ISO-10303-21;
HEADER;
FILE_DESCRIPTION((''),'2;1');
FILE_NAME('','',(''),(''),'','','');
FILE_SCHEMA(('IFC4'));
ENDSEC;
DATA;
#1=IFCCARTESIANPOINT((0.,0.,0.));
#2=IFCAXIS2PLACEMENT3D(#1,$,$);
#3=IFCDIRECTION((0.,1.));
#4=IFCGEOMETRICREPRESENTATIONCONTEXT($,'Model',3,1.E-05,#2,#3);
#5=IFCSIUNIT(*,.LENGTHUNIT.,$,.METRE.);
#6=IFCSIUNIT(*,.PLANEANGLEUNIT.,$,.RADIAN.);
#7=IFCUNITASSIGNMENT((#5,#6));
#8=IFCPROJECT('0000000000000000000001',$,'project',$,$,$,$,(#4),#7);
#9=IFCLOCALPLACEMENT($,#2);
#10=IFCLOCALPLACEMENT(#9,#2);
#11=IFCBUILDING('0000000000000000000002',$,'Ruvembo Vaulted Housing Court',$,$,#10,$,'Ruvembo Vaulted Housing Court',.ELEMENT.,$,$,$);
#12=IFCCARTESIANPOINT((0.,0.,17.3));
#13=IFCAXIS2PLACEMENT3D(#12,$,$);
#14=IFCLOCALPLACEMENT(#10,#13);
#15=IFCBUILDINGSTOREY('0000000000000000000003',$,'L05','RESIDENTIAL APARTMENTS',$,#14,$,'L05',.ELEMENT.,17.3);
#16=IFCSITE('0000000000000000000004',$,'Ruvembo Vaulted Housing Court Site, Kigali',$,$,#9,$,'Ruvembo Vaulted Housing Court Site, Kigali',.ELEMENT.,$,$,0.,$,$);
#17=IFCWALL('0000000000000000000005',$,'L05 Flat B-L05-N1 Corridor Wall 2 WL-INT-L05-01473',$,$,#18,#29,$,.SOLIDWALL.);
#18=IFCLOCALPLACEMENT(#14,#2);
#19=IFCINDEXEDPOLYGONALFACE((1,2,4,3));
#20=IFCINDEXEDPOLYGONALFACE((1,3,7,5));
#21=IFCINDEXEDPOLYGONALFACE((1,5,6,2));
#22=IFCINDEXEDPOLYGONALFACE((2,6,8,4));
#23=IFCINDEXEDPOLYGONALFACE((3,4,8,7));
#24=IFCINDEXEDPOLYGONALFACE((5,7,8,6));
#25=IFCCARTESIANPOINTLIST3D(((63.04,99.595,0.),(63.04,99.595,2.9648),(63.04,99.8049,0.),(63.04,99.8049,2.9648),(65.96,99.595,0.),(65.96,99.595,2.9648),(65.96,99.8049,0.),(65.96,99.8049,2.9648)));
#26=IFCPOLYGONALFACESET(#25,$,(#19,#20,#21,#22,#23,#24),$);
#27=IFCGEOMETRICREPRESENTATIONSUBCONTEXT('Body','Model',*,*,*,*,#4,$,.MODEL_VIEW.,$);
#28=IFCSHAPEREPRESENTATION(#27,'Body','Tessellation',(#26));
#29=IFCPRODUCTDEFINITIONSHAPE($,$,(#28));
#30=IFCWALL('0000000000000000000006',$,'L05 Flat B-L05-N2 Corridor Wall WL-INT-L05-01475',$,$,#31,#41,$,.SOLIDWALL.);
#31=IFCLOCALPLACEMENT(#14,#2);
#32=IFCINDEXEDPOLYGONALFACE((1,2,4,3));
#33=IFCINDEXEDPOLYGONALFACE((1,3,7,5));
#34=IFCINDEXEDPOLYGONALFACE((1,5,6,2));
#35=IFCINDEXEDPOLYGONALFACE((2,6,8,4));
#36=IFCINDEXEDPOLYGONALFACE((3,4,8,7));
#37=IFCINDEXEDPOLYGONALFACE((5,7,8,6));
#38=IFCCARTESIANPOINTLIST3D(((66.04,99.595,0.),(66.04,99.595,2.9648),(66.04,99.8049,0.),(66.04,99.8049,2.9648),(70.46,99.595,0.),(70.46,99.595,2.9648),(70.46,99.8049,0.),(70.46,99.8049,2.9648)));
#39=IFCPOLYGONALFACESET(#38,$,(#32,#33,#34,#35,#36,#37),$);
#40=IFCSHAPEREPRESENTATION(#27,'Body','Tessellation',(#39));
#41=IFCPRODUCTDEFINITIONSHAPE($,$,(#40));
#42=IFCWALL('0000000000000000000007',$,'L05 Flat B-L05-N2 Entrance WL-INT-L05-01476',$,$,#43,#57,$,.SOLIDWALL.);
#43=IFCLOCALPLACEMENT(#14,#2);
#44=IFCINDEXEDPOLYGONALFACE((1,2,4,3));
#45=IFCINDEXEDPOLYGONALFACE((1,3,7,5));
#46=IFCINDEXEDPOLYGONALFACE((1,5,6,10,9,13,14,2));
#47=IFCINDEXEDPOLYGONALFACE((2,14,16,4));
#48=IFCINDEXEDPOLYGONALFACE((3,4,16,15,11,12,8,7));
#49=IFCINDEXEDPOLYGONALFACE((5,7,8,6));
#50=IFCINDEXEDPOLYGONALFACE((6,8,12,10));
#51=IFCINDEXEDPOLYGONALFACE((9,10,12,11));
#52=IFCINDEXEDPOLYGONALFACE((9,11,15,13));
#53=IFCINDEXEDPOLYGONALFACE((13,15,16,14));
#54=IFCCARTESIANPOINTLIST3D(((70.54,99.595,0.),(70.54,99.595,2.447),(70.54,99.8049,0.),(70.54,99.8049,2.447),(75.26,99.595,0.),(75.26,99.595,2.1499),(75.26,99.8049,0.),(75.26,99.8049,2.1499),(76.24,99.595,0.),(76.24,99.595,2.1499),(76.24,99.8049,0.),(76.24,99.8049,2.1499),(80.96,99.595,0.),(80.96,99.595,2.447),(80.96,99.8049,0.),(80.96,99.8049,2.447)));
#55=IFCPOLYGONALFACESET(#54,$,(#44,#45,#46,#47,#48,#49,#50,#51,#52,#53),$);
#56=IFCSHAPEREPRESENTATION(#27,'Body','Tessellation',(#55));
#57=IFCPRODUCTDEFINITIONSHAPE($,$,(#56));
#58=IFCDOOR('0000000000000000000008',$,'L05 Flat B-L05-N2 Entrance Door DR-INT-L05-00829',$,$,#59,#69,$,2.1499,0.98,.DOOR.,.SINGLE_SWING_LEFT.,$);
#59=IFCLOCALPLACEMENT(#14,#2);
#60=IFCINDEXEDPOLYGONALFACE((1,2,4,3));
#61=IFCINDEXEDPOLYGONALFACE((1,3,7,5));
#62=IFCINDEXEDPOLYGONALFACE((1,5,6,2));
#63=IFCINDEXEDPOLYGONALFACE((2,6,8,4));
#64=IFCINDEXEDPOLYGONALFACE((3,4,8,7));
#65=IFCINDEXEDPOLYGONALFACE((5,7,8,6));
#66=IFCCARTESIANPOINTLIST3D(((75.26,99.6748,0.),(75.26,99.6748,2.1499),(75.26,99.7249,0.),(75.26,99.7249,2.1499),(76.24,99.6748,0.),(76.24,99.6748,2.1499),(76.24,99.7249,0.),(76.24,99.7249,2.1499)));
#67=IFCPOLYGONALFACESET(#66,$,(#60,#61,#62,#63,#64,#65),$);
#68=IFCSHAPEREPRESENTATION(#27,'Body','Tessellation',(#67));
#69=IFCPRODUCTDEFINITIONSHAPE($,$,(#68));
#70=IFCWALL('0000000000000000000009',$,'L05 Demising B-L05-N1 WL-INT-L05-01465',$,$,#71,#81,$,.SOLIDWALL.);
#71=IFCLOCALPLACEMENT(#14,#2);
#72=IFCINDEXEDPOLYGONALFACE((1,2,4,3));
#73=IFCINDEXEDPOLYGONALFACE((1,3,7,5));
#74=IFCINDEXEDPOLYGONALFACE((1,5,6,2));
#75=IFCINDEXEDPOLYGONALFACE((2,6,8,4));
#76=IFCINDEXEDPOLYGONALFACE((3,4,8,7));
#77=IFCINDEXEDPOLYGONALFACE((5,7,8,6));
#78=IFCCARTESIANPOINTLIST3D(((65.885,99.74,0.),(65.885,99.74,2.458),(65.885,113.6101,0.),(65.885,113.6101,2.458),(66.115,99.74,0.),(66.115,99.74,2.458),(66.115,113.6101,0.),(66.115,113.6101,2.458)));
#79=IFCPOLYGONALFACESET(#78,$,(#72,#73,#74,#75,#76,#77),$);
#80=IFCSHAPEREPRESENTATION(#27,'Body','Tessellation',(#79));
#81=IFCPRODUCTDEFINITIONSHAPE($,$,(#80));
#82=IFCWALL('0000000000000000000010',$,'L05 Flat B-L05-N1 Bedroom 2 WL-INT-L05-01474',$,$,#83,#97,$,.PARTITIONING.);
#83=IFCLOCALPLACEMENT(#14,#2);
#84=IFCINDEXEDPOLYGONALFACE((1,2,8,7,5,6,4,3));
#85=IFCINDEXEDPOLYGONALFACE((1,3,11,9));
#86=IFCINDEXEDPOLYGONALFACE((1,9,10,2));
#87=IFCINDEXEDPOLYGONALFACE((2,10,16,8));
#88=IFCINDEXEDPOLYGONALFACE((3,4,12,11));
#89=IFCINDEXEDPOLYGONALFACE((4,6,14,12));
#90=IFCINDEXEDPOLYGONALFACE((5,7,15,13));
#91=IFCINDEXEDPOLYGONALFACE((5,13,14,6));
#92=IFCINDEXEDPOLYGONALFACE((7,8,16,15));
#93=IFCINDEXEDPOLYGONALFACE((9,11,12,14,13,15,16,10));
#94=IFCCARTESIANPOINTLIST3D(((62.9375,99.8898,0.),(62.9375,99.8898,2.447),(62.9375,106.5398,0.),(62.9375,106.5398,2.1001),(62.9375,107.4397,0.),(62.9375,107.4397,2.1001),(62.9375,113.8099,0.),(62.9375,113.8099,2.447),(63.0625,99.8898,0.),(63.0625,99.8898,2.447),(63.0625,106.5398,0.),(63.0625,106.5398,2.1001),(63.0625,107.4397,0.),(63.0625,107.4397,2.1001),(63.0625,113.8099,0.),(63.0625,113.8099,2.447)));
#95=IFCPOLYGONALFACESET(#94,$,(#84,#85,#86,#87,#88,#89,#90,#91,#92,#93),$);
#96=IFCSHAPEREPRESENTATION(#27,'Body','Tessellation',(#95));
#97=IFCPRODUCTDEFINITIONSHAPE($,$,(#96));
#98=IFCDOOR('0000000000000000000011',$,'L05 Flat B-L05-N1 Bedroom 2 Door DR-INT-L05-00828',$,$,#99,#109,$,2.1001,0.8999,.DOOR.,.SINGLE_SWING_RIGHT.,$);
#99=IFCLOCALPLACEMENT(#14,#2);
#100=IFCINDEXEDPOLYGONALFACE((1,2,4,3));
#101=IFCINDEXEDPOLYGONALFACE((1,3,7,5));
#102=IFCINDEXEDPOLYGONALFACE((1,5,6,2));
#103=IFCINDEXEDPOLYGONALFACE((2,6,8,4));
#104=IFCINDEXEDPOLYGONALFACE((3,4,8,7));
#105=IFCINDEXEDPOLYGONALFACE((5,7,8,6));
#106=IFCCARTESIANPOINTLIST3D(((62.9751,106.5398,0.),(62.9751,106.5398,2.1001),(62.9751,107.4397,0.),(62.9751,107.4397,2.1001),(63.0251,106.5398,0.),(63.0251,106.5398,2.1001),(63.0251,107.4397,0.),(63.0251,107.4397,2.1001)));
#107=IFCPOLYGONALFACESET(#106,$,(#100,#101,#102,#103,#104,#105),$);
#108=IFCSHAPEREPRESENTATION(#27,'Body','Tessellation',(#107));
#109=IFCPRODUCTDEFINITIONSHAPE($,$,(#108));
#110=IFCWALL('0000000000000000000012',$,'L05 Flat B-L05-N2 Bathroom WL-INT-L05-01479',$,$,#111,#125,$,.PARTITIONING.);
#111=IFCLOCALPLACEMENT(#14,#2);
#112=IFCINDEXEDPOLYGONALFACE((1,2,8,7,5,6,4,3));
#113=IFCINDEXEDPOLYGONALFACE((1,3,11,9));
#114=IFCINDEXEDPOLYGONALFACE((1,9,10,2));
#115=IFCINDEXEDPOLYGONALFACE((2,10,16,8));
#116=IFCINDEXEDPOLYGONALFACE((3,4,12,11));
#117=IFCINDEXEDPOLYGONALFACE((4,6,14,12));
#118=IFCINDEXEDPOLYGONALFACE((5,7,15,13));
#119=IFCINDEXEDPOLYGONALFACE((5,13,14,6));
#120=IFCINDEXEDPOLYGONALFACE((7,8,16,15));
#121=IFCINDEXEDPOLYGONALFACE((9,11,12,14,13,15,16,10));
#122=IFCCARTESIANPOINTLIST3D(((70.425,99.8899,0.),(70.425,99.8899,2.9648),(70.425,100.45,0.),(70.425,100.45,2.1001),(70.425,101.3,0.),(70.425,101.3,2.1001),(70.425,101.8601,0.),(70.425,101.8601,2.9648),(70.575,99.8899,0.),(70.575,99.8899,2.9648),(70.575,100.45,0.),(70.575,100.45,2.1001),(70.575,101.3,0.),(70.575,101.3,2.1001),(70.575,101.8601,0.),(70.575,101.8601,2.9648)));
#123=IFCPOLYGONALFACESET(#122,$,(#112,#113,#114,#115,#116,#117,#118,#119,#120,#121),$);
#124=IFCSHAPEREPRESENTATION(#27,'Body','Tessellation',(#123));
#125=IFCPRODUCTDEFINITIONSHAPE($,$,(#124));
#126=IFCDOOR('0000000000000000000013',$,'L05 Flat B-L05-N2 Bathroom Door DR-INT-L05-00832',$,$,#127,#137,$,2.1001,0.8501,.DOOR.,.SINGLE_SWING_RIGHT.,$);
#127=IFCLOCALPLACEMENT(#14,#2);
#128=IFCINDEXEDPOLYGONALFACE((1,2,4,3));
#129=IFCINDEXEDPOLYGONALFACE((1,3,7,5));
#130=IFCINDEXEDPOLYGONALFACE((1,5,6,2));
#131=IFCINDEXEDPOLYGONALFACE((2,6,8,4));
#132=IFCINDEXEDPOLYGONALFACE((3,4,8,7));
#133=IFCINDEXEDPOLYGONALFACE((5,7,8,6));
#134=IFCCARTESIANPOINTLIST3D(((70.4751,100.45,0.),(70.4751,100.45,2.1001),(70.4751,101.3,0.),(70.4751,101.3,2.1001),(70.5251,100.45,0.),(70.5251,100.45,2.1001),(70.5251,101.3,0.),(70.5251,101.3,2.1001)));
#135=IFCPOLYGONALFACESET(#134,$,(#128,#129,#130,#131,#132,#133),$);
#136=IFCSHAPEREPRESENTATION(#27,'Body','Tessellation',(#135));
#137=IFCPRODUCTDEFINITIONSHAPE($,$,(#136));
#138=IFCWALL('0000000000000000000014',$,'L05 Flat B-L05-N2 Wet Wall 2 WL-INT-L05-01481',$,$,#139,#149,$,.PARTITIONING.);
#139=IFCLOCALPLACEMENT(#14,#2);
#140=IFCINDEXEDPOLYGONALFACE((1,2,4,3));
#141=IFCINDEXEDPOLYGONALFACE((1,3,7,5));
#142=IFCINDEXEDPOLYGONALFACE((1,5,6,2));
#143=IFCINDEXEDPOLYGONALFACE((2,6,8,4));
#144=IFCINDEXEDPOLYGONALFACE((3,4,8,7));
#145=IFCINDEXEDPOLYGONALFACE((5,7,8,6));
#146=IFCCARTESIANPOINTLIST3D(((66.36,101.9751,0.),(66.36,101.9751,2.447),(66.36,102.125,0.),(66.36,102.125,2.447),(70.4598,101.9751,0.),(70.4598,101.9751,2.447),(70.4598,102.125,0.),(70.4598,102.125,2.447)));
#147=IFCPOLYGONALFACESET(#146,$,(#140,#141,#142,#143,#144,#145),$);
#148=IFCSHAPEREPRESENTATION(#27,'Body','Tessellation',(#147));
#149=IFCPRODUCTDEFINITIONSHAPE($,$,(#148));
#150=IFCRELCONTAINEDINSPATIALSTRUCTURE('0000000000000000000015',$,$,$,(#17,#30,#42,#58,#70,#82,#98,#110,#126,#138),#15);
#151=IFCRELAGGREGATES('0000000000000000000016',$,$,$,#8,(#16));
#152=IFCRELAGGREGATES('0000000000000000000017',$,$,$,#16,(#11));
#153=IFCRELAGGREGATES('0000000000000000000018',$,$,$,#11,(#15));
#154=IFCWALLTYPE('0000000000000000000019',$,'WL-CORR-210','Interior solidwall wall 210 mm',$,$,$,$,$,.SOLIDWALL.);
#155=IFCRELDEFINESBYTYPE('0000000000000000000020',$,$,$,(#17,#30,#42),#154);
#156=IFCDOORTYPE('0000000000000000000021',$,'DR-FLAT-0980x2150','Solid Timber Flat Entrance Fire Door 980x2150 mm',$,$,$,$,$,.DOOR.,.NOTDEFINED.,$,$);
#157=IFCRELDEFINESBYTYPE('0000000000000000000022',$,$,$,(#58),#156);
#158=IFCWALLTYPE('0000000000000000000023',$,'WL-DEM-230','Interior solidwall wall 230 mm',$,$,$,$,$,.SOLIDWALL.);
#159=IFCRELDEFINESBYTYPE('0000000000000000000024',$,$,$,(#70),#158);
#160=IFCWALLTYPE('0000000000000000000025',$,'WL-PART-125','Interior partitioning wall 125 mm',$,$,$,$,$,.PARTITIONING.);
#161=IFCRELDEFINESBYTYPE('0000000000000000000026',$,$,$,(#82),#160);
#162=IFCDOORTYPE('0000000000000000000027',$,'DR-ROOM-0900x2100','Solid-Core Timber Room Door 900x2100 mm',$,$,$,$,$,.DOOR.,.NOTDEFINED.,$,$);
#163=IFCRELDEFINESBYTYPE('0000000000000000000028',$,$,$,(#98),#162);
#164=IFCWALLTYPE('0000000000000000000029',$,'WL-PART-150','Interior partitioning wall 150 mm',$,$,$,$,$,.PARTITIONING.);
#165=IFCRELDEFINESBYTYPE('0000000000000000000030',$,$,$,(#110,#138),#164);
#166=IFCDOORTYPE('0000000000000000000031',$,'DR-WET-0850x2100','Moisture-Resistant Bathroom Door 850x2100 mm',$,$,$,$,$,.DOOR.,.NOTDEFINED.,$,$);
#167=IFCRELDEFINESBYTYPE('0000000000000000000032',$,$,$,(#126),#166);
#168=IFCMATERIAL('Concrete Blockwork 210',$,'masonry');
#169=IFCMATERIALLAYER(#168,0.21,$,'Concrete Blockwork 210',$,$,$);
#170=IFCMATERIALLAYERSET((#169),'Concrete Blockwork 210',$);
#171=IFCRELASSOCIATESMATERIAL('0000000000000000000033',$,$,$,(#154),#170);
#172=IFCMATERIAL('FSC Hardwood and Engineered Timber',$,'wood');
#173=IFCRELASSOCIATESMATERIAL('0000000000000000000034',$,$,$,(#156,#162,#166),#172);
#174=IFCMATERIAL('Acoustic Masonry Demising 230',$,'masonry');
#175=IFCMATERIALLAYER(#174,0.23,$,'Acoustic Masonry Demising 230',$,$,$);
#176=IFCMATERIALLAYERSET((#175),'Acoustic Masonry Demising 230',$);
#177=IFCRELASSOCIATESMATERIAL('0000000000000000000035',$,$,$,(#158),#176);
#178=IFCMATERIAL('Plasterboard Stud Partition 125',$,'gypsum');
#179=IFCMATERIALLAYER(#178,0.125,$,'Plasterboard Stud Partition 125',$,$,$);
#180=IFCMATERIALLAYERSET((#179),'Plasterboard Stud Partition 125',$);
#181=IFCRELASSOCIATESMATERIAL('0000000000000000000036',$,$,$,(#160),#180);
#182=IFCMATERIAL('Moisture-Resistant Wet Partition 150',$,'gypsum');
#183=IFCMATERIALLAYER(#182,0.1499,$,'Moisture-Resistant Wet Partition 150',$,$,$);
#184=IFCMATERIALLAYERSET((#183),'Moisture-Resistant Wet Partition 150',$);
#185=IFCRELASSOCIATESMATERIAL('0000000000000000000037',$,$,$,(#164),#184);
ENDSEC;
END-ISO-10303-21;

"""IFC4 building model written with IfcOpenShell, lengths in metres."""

from ifc_helpers import new_model, si_unit, direction, frame, frame_2d, origin, place, context, subcontext, project, spatial, rectangle, extrude, material, layer, layer_set, type_object, element, fill, save


model = new_model("IFC4")

# Units and contexts
model_context = context("Model", 3, precision=1e-05, world=origin(), true_north=direction((0.0, 1.0)))
body_context = subcontext(model_context, "Body", "Model", "MODEL_VIEW")
ifc_project = project(units=[si_unit("LENGTHUNIT", "METRE"), si_unit("PLANEANGLEUNIT", "RADIAN")], contexts=[model_context])

# Site, building, storey
site_placement = place(None, origin())
site = spatial("IfcSite", under=ifc_project, at=site_placement, Name="Ruvembo Vaulted Housing Court Site, Kigali", LongName="Ruvembo Vaulted Housing Court Site, Kigali", CompositionType="ELEMENT", RefElevation=0.0)
building_placement = place(site_placement, origin())
building = spatial("IfcBuilding", under=site, at=building_placement, Name="Ruvembo Vaulted Housing Court", LongName="Ruvembo Vaulted Housing Court", CompositionType="ELEMENT")
storey_placement = place(building_placement, frame((0.0, 0.0, 17.3)))
storey = spatial("IfcBuildingStorey", under=building, at=storey_placement, Name="L05", Description="RESIDENTIAL APARTMENTS", LongName="L05", CompositionType="ELEMENT", Elevation=17.3)

# Walls
ifc_material_1 = material(Name="Concrete Blockwork 210", Category="masonry")
ifc_layer_1 = layer(ifc_material_1, 0.21, Name="Concrete Blockwork 210")
ifc_layer_set_1 = layer_set([ifc_layer_1], Name="Concrete Blockwork 210")
wall_type_1 = type_object("IfcWallType", Name="WL-CORR-210", Description="Interior solidwall wall 210 mm", PredefinedType="SOLIDWALL", material=ifc_layer_set_1)
wall_1_placement = place(storey_placement, frame((63.04, 99.7, 0.0), z_axis=(0.0, 0.0, 1.0), x_axis=(1.0, 0.0, 0.0)))
element("IfcWall", 1, at=wall_1_placement, inside=storey, type_object=wall_type_1, Name="L05 Flat B-L05-N1 Corridor Wall 2 WL-INT-L05-01473", PredefinedType="SOLIDWALL", context=body_context, shape_type="SweptSolid", body=[
    extrude(rectangle(XDim=2.9199, YDim=0.21, at=frame_2d((1.46, 0.0))), origin(), (0.0, 0.0, 1.0), 2.9648),
])
wall_2_placement = place(storey_placement, frame((66.04, 99.7, 0.0), z_axis=(0.0, 0.0, 1.0), x_axis=(1.0, 0.0, 0.0)))
element("IfcWall", 2, at=wall_2_placement, inside=storey, type_object=wall_type_1, Name="L05 Flat B-L05-N2 Corridor Wall WL-INT-L05-01475", PredefinedType="SOLIDWALL", context=body_context, shape_type="SweptSolid", body=[
    extrude(rectangle(XDim=4.4199, YDim=0.21, at=frame_2d((2.21, 0.0))), origin(), (0.0, 0.0, 1.0), 2.9648),
])

# Wall, opening, door
wall_3_placement = place(storey_placement, frame((70.54, 99.7, 0.0), z_axis=(0.0, 0.0, 1.0), x_axis=(1.0, 0.0, 0.0)))
wall_3 = element("IfcWall", 3, at=wall_3_placement, inside=storey, type_object=wall_type_1, Name="L05 Flat B-L05-N2 Entrance WL-INT-L05-01476", PredefinedType="SOLIDWALL", context=body_context, shape_type="SweptSolid", body=[
    extrude(rectangle(XDim=10.4199, YDim=0.21, at=frame_2d((5.21, 0.0))), origin(), (0.0, 0.0, 1.0), 2.447),
])
opening_1_placement = place(wall_3_placement, frame((4.72, 0.0, 0.0)))
opening_1 = element("IfcOpeningElement", 4, at=opening_1_placement, cuts=wall_3, PredefinedType="OPENING", context=body_context, shape_type="SweptSolid", body=[
    extrude(rectangle(XDim=0.98, YDim=2.1499, at=frame_2d((0.49, 1.075))), frame((0.0, 0.115, 0.0), z_axis=(0.0, -1.0, 0.0), x_axis=(1.0, 0.0, 0.0)), (0.0, 0.0, 1.0), 0.23),
])
ifc_material_2 = material(Name="FSC Hardwood and Engineered Timber", Category="wood")
door_type_1 = type_object("IfcDoorType", Name="DR-FLAT-0980x2150", Description="Solid Timber Flat Entrance Fire Door 980x2150 mm", OperationType="NOTDEFINED", PredefinedType="DOOR", material=ifc_material_2)
door_1_placement = place(opening_1_placement, origin())
door_1 = element("IfcDoor", 5, at=door_1_placement, inside=storey, type_object=door_type_1, Name="L05 Flat B-L05-N2 Entrance Door DR-INT-L05-00829", OperationType="SINGLE_SWING_LEFT", OverallHeight=2.1499, OverallWidth=0.98, PredefinedType="DOOR", context=body_context, shape_type="SweptSolid", body=[
    extrude(rectangle(XDim=0.98, YDim=2.1499, at=frame_2d((0.49, 1.075))), frame((0.0, 0.0249, 0.0), z_axis=(0.0, -1.0, 0.0), x_axis=(1.0, 0.0, 0.0)), (0.0, 0.0, 1.0), 0.05),
])
fill(opening_1, door_1)

# Wall
ifc_material_3 = material(Name="Acoustic Masonry Demising 230", Category="masonry")
ifc_layer_2 = layer(ifc_material_3, 0.23, Name="Acoustic Masonry Demising 230")
ifc_layer_set_2 = layer_set([ifc_layer_2], Name="Acoustic Masonry Demising 230")
wall_type_2 = type_object("IfcWallType", Name="WL-DEM-230", Description="Interior solidwall wall 230 mm", PredefinedType="SOLIDWALL", material=ifc_layer_set_2)
wall_4_placement = place(storey_placement, frame((66.0, 99.74, 0.0), z_axis=(0.0, 0.0, 1.0), x_axis=(0.0, 1.0, 0.0)))
element("IfcWall", 6, at=wall_4_placement, inside=storey, type_object=wall_type_2, Name="L05 Demising B-L05-N1 WL-INT-L05-01465", PredefinedType="SOLIDWALL", context=body_context, shape_type="SweptSolid", body=[
    extrude(rectangle(XDim=13.8701, YDim=0.23, at=frame_2d((6.9351, 0.0))), origin(), (0.0, 0.0, 1.0), 2.458),
])

# Walls, openings, doors
ifc_material_4 = material(Name="Plasterboard Stud Partition 125", Category="gypsum")
ifc_layer_3 = layer(ifc_material_4, 0.125, Name="Plasterboard Stud Partition 125")
ifc_layer_set_3 = layer_set([ifc_layer_3], Name="Plasterboard Stud Partition 125")
wall_type_3 = type_object("IfcWallType", Name="WL-PART-125", Description="Interior partitioning wall 125 mm", PredefinedType="PARTITIONING", material=ifc_layer_set_3)
wall_5_placement = place(storey_placement, frame((63.0, 99.8899, 0.0), z_axis=(0.0, 0.0, 1.0), x_axis=(0.0, 1.0, 0.0)))
wall_5 = element("IfcWall", 7, at=wall_5_placement, inside=storey, type_object=wall_type_3, Name="L05 Flat B-L05-N1 Bedroom 2 WL-INT-L05-01474", PredefinedType="PARTITIONING", context=body_context, shape_type="SweptSolid", body=[
    extrude(rectangle(XDim=13.9202, YDim=0.125, at=frame_2d((6.96, 0.0))), origin(), (0.0, 0.0, 1.0), 2.447),
])
opening_2_placement = place(wall_5_placement, frame((6.6499, 0.0, 0.0)))
opening_2 = element("IfcOpeningElement", 8, at=opening_2_placement, cuts=wall_5, PredefinedType="OPENING", context=body_context, shape_type="SweptSolid", body=[
    extrude(rectangle(XDim=0.8999, YDim=2.1001, at=frame_2d((0.45, 1.05))), frame((0.0, 0.0725, 0.0), z_axis=(0.0, -1.0, 0.0), x_axis=(1.0, 0.0, 0.0)), (0.0, 0.0, 1.0), 0.145),
])
door_type_2 = type_object("IfcDoorType", Name="DR-ROOM-0900x2100", Description="Solid-Core Timber Room Door 900x2100 mm", OperationType="NOTDEFINED", PredefinedType="DOOR", material=ifc_material_2)
door_2_placement = place(opening_2_placement, origin())
door_2 = element("IfcDoor", 9, at=door_2_placement, inside=storey, type_object=door_type_2, Name="L05 Flat B-L05-N1 Bedroom 2 Door DR-INT-L05-00828", OperationType="SINGLE_SWING_RIGHT", OverallHeight=2.1001, OverallWidth=0.8999, PredefinedType="DOOR", context=body_context, shape_type="SweptSolid", body=[
    extrude(rectangle(XDim=0.8999, YDim=2.1001, at=frame_2d((0.45, 1.05))), frame((0.0, 0.0249, 0.0), z_axis=(0.0, -1.0, 0.0), x_axis=(1.0, 0.0, 0.0)), (0.0, 0.0, 1.0), 0.05),
])
fill(opening_2, door_2)
ifc_material_5 = material(Name="Moisture-Resistant Wet Partition 150", Category="gypsum")
ifc_layer_4 = layer(ifc_material_5, 0.1499, Name="Moisture-Resistant Wet Partition 150")
ifc_layer_set_4 = layer_set([ifc_layer_4], Name="Moisture-Resistant Wet Partition 150")
wall_type_4 = type_object("IfcWallType", Name="WL-PART-150", Description="Interior partitioning wall 150 mm", PredefinedType="PARTITIONING", material=ifc_layer_set_4)
wall_6_placement = place(storey_placement, frame((70.5, 99.8899, 0.0), z_axis=(0.0, 0.0, 1.0), x_axis=(0.0, 1.0, 0.0)))
wall_6 = element("IfcWall", 10, at=wall_6_placement, inside=storey, type_object=wall_type_4, Name="L05 Flat B-L05-N2 Bathroom WL-INT-L05-01479", PredefinedType="PARTITIONING", context=body_context, shape_type="SweptSolid", body=[
    extrude(rectangle(XDim=1.9702, YDim=0.1499, at=frame_2d((0.9851, 0.0))), origin(), (0.0, 0.0, 1.0), 2.9648),
])
opening_3_placement = place(wall_6_placement, frame((0.5601, 0.0, 0.0)))
opening_3 = element("IfcOpeningElement", 11, at=opening_3_placement, cuts=wall_6, PredefinedType="OPENING", context=body_context, shape_type="SweptSolid", body=[
    extrude(rectangle(XDim=0.8501, YDim=2.1001, at=frame_2d((0.425, 1.05))), frame((0.0, 0.085, 0.0), z_axis=(0.0, -1.0, 0.0), x_axis=(1.0, 0.0, 0.0)), (0.0, 0.0, 1.0), 0.1699),
])
door_type_3 = type_object("IfcDoorType", Name="DR-WET-0850x2100", Description="Moisture-Resistant Bathroom Door 850x2100 mm", OperationType="NOTDEFINED", PredefinedType="DOOR", material=ifc_material_2)
door_3_placement = place(opening_3_placement, origin())
door_3 = element("IfcDoor", 12, at=door_3_placement, inside=storey, type_object=door_type_3, Name="L05 Flat B-L05-N2 Bathroom Door DR-INT-L05-00832", OperationType="SINGLE_SWING_RIGHT", OverallHeight=2.1001, OverallWidth=0.8501, PredefinedType="DOOR", context=body_context, shape_type="SweptSolid", body=[
    extrude(rectangle(XDim=0.8501, YDim=2.1001, at=frame_2d((0.425, 1.05))), frame((0.0, 0.0249, 0.0), z_axis=(0.0, -1.0, 0.0), x_axis=(1.0, 0.0, 0.0)), (0.0, 0.0, 1.0), 0.05),
])
fill(opening_3, door_3)

# Wall
wall_7_placement = place(storey_placement, frame((66.3601, 102.05, 0.0), z_axis=(0.0, 0.0, 1.0), x_axis=(1.0, 0.0, 0.0)))
element("IfcWall", 13, at=wall_7_placement, inside=storey, type_object=wall_type_4, Name="L05 Flat B-L05-N2 Wet Wall 2 WL-INT-L05-01481", PredefinedType="PARTITIONING", context=body_context, shape_type="SweptSolid", body=[
    extrude(rectangle(XDim=4.0999, YDim=0.1499, at=frame_2d((2.0498, 0.0))), origin(), (0.0, 0.0, 1.0), 2.447),
])

save(model, "model.ifc")
